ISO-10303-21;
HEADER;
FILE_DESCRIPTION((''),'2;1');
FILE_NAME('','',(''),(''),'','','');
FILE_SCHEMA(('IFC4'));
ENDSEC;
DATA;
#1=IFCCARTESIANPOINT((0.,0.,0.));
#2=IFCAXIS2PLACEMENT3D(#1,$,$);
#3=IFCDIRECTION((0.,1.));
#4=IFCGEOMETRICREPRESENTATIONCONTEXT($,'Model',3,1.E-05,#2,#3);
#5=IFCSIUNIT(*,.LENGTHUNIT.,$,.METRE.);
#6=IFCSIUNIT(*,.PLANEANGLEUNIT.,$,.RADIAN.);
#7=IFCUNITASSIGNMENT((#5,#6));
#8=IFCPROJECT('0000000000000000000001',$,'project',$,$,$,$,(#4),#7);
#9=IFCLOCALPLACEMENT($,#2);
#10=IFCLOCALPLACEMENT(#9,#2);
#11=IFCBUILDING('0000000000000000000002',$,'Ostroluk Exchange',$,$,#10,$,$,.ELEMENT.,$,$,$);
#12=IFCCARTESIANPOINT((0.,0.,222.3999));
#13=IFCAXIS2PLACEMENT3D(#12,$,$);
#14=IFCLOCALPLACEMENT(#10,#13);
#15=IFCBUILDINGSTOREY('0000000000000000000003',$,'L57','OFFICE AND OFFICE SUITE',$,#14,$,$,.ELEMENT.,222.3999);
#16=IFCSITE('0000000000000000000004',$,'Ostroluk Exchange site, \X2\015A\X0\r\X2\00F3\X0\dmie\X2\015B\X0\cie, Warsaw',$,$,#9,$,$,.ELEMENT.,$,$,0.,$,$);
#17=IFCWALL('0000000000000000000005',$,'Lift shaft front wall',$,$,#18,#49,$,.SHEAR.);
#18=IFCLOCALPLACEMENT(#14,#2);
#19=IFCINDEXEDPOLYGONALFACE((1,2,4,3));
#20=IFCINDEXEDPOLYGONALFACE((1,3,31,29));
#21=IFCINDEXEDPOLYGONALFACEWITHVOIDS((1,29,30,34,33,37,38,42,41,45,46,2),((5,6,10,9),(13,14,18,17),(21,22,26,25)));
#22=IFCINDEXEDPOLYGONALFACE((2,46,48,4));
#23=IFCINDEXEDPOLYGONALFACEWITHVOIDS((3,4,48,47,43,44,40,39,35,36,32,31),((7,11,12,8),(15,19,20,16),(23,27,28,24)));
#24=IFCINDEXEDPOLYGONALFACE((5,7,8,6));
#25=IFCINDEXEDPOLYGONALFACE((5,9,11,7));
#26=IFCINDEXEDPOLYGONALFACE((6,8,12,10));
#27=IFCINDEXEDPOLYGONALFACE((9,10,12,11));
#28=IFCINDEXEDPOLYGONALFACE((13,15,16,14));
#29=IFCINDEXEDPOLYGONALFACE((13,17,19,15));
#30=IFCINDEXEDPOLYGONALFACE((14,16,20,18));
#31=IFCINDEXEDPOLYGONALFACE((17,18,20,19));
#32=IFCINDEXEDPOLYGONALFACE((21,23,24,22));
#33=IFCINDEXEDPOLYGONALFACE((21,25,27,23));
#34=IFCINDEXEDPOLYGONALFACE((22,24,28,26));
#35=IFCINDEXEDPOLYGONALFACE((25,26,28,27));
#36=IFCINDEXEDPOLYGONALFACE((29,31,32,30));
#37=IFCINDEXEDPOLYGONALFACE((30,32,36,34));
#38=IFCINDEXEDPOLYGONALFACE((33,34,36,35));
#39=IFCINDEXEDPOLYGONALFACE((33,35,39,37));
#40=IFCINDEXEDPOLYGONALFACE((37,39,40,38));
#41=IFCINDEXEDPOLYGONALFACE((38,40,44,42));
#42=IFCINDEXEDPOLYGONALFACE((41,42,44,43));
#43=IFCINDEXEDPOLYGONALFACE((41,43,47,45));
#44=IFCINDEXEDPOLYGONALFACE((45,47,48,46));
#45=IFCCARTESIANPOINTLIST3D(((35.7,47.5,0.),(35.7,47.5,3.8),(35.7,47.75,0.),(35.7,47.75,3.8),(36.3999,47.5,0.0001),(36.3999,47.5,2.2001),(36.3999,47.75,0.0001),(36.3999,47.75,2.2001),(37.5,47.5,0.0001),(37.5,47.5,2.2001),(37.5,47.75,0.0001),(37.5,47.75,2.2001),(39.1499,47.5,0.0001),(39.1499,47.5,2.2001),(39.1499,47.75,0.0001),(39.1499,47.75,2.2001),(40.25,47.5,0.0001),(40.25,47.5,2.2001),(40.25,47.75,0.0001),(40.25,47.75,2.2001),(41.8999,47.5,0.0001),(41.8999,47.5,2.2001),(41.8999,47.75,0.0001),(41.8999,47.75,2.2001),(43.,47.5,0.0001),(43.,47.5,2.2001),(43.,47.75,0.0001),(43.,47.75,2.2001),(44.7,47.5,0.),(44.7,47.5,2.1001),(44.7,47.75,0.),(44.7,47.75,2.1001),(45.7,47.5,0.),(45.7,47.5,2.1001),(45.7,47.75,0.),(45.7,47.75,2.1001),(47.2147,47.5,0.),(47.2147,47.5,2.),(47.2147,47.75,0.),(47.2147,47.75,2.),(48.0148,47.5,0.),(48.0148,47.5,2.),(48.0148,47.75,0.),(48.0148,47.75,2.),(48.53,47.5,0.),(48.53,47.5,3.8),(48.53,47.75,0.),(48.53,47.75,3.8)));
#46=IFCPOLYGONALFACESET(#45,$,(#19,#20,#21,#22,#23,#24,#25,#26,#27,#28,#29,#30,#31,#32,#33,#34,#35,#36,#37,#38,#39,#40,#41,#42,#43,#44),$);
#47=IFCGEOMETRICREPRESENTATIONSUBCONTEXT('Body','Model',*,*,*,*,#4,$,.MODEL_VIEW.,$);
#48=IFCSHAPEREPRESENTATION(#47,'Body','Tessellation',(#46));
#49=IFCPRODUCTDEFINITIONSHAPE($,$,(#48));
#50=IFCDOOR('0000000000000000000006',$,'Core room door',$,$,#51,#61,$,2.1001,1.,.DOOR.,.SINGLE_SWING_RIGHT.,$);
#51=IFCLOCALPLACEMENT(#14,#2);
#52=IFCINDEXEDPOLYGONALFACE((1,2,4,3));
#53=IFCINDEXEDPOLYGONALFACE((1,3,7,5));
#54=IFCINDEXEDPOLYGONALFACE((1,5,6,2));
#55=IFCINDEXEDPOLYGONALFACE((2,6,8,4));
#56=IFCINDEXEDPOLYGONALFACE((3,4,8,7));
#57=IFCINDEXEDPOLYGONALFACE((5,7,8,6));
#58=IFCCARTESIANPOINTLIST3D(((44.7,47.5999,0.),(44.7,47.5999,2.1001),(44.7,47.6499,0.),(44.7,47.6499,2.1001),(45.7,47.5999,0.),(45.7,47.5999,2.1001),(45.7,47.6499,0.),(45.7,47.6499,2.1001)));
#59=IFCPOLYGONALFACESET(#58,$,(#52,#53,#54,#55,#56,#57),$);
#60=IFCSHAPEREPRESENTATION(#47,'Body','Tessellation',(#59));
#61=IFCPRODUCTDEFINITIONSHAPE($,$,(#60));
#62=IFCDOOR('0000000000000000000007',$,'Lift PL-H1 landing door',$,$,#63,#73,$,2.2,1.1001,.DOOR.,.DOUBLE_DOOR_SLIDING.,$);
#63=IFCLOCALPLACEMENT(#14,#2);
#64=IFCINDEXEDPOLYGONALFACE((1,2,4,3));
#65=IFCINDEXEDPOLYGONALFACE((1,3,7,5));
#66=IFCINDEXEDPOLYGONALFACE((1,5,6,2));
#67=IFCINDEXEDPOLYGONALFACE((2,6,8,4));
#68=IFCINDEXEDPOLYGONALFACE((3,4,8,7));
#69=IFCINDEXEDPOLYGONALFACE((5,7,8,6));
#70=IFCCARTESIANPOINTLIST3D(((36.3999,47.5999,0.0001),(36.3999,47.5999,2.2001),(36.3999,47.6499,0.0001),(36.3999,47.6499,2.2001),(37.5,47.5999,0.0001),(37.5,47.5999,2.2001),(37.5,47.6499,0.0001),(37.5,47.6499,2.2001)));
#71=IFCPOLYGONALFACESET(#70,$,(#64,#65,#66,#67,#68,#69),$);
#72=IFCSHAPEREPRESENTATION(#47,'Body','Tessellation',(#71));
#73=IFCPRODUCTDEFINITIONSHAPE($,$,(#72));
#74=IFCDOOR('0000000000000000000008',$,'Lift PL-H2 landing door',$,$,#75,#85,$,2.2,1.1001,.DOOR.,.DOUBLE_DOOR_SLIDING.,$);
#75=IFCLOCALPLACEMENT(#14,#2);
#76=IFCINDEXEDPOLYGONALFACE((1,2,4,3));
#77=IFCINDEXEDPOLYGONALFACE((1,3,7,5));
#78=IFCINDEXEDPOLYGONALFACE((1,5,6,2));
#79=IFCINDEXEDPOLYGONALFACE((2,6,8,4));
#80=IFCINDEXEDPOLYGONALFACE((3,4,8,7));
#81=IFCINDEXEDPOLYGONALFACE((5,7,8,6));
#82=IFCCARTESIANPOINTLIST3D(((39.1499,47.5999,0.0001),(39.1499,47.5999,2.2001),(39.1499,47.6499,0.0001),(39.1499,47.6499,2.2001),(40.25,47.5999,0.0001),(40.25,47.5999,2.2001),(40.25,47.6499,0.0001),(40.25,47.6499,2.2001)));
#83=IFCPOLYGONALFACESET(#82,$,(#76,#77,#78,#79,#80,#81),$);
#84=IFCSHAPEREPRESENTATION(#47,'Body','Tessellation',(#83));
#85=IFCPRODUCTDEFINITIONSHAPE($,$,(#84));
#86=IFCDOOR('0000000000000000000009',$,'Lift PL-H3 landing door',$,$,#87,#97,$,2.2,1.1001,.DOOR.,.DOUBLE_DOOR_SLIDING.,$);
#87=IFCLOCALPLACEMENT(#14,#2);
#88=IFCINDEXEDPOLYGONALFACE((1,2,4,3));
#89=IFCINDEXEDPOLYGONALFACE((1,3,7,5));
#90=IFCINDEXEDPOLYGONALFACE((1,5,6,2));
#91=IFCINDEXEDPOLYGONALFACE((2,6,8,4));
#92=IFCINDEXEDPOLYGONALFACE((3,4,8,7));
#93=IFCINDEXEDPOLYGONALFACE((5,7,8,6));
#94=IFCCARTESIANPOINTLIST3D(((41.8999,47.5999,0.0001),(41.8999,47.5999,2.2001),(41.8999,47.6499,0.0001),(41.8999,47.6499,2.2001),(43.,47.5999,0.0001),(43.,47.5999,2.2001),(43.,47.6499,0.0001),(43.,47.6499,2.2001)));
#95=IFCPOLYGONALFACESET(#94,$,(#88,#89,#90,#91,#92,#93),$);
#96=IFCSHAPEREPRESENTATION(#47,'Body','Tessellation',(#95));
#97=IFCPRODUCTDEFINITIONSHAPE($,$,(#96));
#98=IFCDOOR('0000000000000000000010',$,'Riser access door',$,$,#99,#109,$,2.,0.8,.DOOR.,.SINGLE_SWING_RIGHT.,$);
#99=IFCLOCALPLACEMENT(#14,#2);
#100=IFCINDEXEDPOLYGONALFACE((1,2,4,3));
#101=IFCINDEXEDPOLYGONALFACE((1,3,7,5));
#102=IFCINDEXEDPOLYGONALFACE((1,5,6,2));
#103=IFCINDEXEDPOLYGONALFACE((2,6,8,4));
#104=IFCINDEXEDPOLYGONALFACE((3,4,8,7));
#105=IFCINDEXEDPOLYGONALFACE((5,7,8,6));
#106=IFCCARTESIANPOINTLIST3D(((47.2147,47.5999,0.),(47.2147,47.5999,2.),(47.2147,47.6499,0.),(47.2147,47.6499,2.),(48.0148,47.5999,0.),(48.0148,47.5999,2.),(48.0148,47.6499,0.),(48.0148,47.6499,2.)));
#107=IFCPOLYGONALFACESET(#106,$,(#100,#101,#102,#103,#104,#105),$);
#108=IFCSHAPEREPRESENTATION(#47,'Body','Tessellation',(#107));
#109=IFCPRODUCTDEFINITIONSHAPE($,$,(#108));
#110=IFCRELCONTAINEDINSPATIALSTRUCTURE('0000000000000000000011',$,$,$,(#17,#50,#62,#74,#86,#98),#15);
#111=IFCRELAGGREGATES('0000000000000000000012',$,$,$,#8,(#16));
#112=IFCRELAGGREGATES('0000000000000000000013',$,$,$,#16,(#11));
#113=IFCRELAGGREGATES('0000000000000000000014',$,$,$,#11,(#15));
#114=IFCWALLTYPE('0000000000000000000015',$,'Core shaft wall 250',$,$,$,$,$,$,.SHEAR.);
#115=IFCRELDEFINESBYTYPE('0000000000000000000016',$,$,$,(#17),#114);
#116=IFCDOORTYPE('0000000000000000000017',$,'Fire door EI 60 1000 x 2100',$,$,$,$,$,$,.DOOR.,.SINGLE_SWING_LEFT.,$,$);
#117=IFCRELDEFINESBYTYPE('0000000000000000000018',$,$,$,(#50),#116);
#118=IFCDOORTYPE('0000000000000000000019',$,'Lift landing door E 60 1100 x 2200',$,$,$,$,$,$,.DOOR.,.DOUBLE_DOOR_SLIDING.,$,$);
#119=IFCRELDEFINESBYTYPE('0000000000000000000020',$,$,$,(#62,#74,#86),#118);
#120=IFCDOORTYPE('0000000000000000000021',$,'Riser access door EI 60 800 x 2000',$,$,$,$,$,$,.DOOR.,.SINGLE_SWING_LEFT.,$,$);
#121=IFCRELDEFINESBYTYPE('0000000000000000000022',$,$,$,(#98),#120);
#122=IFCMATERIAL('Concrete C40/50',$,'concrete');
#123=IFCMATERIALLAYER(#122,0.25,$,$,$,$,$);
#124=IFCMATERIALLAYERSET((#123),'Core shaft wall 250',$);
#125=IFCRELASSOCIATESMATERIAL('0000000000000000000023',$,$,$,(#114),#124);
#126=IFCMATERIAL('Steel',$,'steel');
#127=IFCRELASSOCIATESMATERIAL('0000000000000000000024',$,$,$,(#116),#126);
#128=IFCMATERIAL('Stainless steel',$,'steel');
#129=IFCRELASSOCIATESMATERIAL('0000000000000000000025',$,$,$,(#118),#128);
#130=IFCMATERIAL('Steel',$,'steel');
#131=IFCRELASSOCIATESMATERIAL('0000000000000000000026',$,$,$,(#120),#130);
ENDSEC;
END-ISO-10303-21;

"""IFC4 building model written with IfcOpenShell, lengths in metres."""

from ifc_helpers import new_model, si_unit, direction, frame, frame_2d, origin, place, context, subcontext, project, spatial, rectangle, extrude, material, layer, layer_set, type_object, element, fill, save


model = new_model("IFC4")

# Units and contexts
model_context = context("Model", 3, precision=1e-05, world=origin(), true_north=direction((0.0, 1.0)))
body_context = subcontext(model_context, "Body", "Model", "MODEL_VIEW")
ifc_project = project(units=[si_unit("LENGTHUNIT", "METRE"), si_unit("PLANEANGLEUNIT", "RADIAN")], contexts=[model_context])

# Site, building, storey
site_placement = place(None, origin())
site = spatial("IfcSite", under=ifc_project, at=site_placement, Name="Ostroluk Exchange site, Śródmieście, Warsaw", CompositionType="ELEMENT", RefElevation=0.0)
building_placement = place(site_placement, origin())
building = spatial("IfcBuilding", under=site, at=building_placement, Name="Ostroluk Exchange", CompositionType="ELEMENT")
storey_placement = place(building_placement, frame((0.0, 0.0, 222.3999)))
storey = spatial("IfcBuildingStorey", under=building, at=storey_placement, Name="L57", Description="OFFICE AND OFFICE SUITE", CompositionType="ELEMENT", Elevation=222.3999)

# Shared definitions
ifc_material_1 = material(Name="Concrete C40/50", Category="concrete")
ifc_layer_1 = layer(ifc_material_1, 0.25)
ifc_layer_set_1 = layer_set([ifc_layer_1], Name="Core shaft wall 250")
wall_type_1 = type_object("IfcWallType", Name="Core shaft wall 250", PredefinedType="SHEAR", material=ifc_layer_set_1)

# Wall, openings, doors
wall_1_placement = place(storey_placement, frame((35.7, 47.625, 0.0), z_axis=(0.0, 0.0, 1.0), x_axis=(1.0, 0.0, 0.0)))
wall_1 = element("IfcWall", 1, at=wall_1_placement, inside=storey, type_object=wall_type_1, Name="Lift shaft front wall", PredefinedType="SHEAR", context=body_context, shape_type="SweptSolid", body=[
    extrude(rectangle(XDim=12.8301, YDim=0.25, at=frame_2d((6.415, 0.0))), origin(), (0.0, 0.0, 1.0), 3.8),
])
opening_1_placement = place(wall_1_placement, frame((0.7, 0.0, 0.0)))
opening_1 = element("IfcOpeningElement", 2, at=opening_1_placement, cuts=wall_1, PredefinedType="OPENING", context=body_context, shape_type="SweptSolid", body=[
    extrude(rectangle(XDim=1.1001, YDim=2.2, at=frame_2d((0.55, 1.1001))), frame((0.0, 0.135, 0.0), z_axis=(0.0, -1.0, 0.0), x_axis=(1.0, 0.0, 0.0)), (0.0, 0.0, 1.0), 0.27),
])
opening_2_placement = place(wall_1_placement, frame((3.45, 0.0, 0.0)))
opening_2 = element("IfcOpeningElement", 3, at=opening_2_placement, cuts=wall_1, PredefinedType="OPENING", context=body_context, shape_type="SweptSolid", body=[
    extrude(rectangle(XDim=1.1001, YDim=2.2, at=frame_2d((0.55, 1.1001))), frame((0.0, 0.135, 0.0), z_axis=(0.0, -1.0, 0.0), x_axis=(1.0, 0.0, 0.0)), (0.0, 0.0, 1.0), 0.27),
])
opening_3_placement = place(wall_1_placement, frame((6.2, 0.0, 0.0)))
opening_3 = element("IfcOpeningElement", 4, at=opening_3_placement, cuts=wall_1, PredefinedType="OPENING", context=body_context, shape_type="SweptSolid", body=[
    extrude(rectangle(XDim=1.1001, YDim=2.2, at=frame_2d((0.55, 1.1001))), frame((0.0, 0.135, 0.0), z_axis=(0.0, -1.0, 0.0), x_axis=(1.0, 0.0, 0.0)), (0.0, 0.0, 1.0), 0.27),
])
opening_4_placement = place(wall_1_placement, frame((9.0, 0.0, 0.0)))
opening_4 = element("IfcOpeningElement", 5, at=opening_4_placement, cuts=wall_1, PredefinedType="OPENING", context=body_context, shape_type="SweptSolid", body=[
    extrude(rectangle(XDim=1.0, YDim=2.1001, at=frame_2d((0.5, 1.05))), frame((0.0, 0.135, 0.0), z_axis=(0.0, -1.0, 0.0), x_axis=(1.0, 0.0, 0.0)), (0.0, 0.0, 1.0), 0.27),
])
opening_5_placement = place(wall_1_placement, frame((11.5149, 0.0, 0.0)))
opening_5 = element("IfcOpeningElement", 6, at=opening_5_placement, cuts=wall_1, PredefinedType="OPENING", context=body_context, shape_type="SweptSolid", body=[
    extrude(rectangle(XDim=0.8, YDim=2.0, at=frame_2d((0.3999, 1.0))), frame((0.0, 0.135, 0.0), z_axis=(0.0, -1.0, 0.0), x_axis=(1.0, 0.0, 0.0)), (0.0, 0.0, 1.0), 0.27),
])
ifc_material_2 = material(Name="Steel", Category="steel")
door_type_1 = type_object("IfcDoorType", Name="Fire door EI 60 1000 x 2100", OperationType="SINGLE_SWING_LEFT", PredefinedType="DOOR", material=ifc_material_2)
door_1_placement = place(opening_4_placement, origin())
door_1 = element("IfcDoor", 7, at=door_1_placement, inside=storey, type_object=door_type_1, Name="Core room door", OperationType="SINGLE_SWING_RIGHT", OverallHeight=2.1001, OverallWidth=1.0, PredefinedType="DOOR", context=body_context, shape_type="SweptSolid", body=[
    extrude(rectangle(XDim=1.0, YDim=2.1001, at=frame_2d((0.5, 1.05))), frame((0.0, 0.0249, 0.0), z_axis=(0.0, -1.0, 0.0), x_axis=(1.0, 0.0, 0.0)), (0.0, 0.0, 1.0), 0.05),
])
fill(opening_4, door_1)
ifc_material_3 = material(Name="Stainless steel", Category="steel")
door_type_2 = type_object("IfcDoorType", Name="Lift landing door E 60 1100 x 2200", OperationType="DOUBLE_DOOR_SLIDING", PredefinedType="DOOR", material=ifc_material_3)
door_2_placement = place(opening_1_placement, origin())
door_2 = element("IfcDoor", 8, at=door_2_placement, inside=storey, type_object=door_type_2, Name="Lift PL-H1 landing door", OperationType="DOUBLE_DOOR_SLIDING", OverallHeight=2.2, OverallWidth=1.1001, PredefinedType="DOOR", context=body_context, shape_type="SweptSolid", body=[
    extrude(rectangle(XDim=1.1001, YDim=2.2, at=frame_2d((0.55, 1.1001))), frame((0.0, 0.0249, 0.0), z_axis=(0.0, -1.0, 0.0), x_axis=(1.0, 0.0, 0.0)), (0.0, 0.0, 1.0), 0.05),
])
fill(opening_1, door_2)
door_3_placement = place(opening_2_placement, origin())
door_3 = element("IfcDoor", 9, at=door_3_placement, inside=storey, type_object=door_type_2, Name="Lift PL-H2 landing door", OperationType="DOUBLE_DOOR_SLIDING", OverallHeight=2.2, OverallWidth=1.1001, PredefinedType="DOOR", context=body_context, shape_type="SweptSolid", body=[
    extrude(rectangle(XDim=1.1001, YDim=2.2, at=frame_2d((0.55, 1.1001))), frame((0.0, 0.0249, 0.0), z_axis=(0.0, -1.0, 0.0), x_axis=(1.0, 0.0, 0.0)), (0.0, 0.0, 1.0), 0.05),
])
fill(opening_2, door_3)
door_4_placement = place(opening_3_placement, origin())
door_4 = element("IfcDoor", 10, at=door_4_placement, inside=storey, type_object=door_type_2, Name="Lift PL-H3 landing door", OperationType="DOUBLE_DOOR_SLIDING", OverallHeight=2.2, OverallWidth=1.1001, PredefinedType="DOOR", context=body_context, shape_type="SweptSolid", body=[
    extrude(rectangle(XDim=1.1001, YDim=2.2, at=frame_2d((0.55, 1.1001))), frame((0.0, 0.0249, 0.0), z_axis=(0.0, -1.0, 0.0), x_axis=(1.0, 0.0, 0.0)), (0.0, 0.0, 1.0), 0.05),
])
fill(opening_3, door_4)
ifc_material_4 = material(Name="Steel", Category="steel")
door_type_3 = type_object("IfcDoorType", Name="Riser access door EI 60 800 x 2000", OperationType="SINGLE_SWING_LEFT", PredefinedType="DOOR", material=ifc_material_4)
door_5_placement = place(opening_5_placement, origin())
door_5 = element("IfcDoor", 11, at=door_5_placement, inside=storey, type_object=door_type_3, Name="Riser access door", OperationType="SINGLE_SWING_RIGHT", OverallHeight=2.0, OverallWidth=0.8, PredefinedType="DOOR", context=body_context, shape_type="SweptSolid", body=[
    extrude(rectangle(XDim=0.8, YDim=2.0, at=frame_2d((0.3999, 1.0))), frame((0.0, 0.0249, 0.0), z_axis=(0.0, -1.0, 0.0), x_axis=(1.0, 0.0, 0.0)), (0.0, 0.0, 1.0), 0.05),
])
fill(opening_5, door_5)

save(model, "model.ifc")
